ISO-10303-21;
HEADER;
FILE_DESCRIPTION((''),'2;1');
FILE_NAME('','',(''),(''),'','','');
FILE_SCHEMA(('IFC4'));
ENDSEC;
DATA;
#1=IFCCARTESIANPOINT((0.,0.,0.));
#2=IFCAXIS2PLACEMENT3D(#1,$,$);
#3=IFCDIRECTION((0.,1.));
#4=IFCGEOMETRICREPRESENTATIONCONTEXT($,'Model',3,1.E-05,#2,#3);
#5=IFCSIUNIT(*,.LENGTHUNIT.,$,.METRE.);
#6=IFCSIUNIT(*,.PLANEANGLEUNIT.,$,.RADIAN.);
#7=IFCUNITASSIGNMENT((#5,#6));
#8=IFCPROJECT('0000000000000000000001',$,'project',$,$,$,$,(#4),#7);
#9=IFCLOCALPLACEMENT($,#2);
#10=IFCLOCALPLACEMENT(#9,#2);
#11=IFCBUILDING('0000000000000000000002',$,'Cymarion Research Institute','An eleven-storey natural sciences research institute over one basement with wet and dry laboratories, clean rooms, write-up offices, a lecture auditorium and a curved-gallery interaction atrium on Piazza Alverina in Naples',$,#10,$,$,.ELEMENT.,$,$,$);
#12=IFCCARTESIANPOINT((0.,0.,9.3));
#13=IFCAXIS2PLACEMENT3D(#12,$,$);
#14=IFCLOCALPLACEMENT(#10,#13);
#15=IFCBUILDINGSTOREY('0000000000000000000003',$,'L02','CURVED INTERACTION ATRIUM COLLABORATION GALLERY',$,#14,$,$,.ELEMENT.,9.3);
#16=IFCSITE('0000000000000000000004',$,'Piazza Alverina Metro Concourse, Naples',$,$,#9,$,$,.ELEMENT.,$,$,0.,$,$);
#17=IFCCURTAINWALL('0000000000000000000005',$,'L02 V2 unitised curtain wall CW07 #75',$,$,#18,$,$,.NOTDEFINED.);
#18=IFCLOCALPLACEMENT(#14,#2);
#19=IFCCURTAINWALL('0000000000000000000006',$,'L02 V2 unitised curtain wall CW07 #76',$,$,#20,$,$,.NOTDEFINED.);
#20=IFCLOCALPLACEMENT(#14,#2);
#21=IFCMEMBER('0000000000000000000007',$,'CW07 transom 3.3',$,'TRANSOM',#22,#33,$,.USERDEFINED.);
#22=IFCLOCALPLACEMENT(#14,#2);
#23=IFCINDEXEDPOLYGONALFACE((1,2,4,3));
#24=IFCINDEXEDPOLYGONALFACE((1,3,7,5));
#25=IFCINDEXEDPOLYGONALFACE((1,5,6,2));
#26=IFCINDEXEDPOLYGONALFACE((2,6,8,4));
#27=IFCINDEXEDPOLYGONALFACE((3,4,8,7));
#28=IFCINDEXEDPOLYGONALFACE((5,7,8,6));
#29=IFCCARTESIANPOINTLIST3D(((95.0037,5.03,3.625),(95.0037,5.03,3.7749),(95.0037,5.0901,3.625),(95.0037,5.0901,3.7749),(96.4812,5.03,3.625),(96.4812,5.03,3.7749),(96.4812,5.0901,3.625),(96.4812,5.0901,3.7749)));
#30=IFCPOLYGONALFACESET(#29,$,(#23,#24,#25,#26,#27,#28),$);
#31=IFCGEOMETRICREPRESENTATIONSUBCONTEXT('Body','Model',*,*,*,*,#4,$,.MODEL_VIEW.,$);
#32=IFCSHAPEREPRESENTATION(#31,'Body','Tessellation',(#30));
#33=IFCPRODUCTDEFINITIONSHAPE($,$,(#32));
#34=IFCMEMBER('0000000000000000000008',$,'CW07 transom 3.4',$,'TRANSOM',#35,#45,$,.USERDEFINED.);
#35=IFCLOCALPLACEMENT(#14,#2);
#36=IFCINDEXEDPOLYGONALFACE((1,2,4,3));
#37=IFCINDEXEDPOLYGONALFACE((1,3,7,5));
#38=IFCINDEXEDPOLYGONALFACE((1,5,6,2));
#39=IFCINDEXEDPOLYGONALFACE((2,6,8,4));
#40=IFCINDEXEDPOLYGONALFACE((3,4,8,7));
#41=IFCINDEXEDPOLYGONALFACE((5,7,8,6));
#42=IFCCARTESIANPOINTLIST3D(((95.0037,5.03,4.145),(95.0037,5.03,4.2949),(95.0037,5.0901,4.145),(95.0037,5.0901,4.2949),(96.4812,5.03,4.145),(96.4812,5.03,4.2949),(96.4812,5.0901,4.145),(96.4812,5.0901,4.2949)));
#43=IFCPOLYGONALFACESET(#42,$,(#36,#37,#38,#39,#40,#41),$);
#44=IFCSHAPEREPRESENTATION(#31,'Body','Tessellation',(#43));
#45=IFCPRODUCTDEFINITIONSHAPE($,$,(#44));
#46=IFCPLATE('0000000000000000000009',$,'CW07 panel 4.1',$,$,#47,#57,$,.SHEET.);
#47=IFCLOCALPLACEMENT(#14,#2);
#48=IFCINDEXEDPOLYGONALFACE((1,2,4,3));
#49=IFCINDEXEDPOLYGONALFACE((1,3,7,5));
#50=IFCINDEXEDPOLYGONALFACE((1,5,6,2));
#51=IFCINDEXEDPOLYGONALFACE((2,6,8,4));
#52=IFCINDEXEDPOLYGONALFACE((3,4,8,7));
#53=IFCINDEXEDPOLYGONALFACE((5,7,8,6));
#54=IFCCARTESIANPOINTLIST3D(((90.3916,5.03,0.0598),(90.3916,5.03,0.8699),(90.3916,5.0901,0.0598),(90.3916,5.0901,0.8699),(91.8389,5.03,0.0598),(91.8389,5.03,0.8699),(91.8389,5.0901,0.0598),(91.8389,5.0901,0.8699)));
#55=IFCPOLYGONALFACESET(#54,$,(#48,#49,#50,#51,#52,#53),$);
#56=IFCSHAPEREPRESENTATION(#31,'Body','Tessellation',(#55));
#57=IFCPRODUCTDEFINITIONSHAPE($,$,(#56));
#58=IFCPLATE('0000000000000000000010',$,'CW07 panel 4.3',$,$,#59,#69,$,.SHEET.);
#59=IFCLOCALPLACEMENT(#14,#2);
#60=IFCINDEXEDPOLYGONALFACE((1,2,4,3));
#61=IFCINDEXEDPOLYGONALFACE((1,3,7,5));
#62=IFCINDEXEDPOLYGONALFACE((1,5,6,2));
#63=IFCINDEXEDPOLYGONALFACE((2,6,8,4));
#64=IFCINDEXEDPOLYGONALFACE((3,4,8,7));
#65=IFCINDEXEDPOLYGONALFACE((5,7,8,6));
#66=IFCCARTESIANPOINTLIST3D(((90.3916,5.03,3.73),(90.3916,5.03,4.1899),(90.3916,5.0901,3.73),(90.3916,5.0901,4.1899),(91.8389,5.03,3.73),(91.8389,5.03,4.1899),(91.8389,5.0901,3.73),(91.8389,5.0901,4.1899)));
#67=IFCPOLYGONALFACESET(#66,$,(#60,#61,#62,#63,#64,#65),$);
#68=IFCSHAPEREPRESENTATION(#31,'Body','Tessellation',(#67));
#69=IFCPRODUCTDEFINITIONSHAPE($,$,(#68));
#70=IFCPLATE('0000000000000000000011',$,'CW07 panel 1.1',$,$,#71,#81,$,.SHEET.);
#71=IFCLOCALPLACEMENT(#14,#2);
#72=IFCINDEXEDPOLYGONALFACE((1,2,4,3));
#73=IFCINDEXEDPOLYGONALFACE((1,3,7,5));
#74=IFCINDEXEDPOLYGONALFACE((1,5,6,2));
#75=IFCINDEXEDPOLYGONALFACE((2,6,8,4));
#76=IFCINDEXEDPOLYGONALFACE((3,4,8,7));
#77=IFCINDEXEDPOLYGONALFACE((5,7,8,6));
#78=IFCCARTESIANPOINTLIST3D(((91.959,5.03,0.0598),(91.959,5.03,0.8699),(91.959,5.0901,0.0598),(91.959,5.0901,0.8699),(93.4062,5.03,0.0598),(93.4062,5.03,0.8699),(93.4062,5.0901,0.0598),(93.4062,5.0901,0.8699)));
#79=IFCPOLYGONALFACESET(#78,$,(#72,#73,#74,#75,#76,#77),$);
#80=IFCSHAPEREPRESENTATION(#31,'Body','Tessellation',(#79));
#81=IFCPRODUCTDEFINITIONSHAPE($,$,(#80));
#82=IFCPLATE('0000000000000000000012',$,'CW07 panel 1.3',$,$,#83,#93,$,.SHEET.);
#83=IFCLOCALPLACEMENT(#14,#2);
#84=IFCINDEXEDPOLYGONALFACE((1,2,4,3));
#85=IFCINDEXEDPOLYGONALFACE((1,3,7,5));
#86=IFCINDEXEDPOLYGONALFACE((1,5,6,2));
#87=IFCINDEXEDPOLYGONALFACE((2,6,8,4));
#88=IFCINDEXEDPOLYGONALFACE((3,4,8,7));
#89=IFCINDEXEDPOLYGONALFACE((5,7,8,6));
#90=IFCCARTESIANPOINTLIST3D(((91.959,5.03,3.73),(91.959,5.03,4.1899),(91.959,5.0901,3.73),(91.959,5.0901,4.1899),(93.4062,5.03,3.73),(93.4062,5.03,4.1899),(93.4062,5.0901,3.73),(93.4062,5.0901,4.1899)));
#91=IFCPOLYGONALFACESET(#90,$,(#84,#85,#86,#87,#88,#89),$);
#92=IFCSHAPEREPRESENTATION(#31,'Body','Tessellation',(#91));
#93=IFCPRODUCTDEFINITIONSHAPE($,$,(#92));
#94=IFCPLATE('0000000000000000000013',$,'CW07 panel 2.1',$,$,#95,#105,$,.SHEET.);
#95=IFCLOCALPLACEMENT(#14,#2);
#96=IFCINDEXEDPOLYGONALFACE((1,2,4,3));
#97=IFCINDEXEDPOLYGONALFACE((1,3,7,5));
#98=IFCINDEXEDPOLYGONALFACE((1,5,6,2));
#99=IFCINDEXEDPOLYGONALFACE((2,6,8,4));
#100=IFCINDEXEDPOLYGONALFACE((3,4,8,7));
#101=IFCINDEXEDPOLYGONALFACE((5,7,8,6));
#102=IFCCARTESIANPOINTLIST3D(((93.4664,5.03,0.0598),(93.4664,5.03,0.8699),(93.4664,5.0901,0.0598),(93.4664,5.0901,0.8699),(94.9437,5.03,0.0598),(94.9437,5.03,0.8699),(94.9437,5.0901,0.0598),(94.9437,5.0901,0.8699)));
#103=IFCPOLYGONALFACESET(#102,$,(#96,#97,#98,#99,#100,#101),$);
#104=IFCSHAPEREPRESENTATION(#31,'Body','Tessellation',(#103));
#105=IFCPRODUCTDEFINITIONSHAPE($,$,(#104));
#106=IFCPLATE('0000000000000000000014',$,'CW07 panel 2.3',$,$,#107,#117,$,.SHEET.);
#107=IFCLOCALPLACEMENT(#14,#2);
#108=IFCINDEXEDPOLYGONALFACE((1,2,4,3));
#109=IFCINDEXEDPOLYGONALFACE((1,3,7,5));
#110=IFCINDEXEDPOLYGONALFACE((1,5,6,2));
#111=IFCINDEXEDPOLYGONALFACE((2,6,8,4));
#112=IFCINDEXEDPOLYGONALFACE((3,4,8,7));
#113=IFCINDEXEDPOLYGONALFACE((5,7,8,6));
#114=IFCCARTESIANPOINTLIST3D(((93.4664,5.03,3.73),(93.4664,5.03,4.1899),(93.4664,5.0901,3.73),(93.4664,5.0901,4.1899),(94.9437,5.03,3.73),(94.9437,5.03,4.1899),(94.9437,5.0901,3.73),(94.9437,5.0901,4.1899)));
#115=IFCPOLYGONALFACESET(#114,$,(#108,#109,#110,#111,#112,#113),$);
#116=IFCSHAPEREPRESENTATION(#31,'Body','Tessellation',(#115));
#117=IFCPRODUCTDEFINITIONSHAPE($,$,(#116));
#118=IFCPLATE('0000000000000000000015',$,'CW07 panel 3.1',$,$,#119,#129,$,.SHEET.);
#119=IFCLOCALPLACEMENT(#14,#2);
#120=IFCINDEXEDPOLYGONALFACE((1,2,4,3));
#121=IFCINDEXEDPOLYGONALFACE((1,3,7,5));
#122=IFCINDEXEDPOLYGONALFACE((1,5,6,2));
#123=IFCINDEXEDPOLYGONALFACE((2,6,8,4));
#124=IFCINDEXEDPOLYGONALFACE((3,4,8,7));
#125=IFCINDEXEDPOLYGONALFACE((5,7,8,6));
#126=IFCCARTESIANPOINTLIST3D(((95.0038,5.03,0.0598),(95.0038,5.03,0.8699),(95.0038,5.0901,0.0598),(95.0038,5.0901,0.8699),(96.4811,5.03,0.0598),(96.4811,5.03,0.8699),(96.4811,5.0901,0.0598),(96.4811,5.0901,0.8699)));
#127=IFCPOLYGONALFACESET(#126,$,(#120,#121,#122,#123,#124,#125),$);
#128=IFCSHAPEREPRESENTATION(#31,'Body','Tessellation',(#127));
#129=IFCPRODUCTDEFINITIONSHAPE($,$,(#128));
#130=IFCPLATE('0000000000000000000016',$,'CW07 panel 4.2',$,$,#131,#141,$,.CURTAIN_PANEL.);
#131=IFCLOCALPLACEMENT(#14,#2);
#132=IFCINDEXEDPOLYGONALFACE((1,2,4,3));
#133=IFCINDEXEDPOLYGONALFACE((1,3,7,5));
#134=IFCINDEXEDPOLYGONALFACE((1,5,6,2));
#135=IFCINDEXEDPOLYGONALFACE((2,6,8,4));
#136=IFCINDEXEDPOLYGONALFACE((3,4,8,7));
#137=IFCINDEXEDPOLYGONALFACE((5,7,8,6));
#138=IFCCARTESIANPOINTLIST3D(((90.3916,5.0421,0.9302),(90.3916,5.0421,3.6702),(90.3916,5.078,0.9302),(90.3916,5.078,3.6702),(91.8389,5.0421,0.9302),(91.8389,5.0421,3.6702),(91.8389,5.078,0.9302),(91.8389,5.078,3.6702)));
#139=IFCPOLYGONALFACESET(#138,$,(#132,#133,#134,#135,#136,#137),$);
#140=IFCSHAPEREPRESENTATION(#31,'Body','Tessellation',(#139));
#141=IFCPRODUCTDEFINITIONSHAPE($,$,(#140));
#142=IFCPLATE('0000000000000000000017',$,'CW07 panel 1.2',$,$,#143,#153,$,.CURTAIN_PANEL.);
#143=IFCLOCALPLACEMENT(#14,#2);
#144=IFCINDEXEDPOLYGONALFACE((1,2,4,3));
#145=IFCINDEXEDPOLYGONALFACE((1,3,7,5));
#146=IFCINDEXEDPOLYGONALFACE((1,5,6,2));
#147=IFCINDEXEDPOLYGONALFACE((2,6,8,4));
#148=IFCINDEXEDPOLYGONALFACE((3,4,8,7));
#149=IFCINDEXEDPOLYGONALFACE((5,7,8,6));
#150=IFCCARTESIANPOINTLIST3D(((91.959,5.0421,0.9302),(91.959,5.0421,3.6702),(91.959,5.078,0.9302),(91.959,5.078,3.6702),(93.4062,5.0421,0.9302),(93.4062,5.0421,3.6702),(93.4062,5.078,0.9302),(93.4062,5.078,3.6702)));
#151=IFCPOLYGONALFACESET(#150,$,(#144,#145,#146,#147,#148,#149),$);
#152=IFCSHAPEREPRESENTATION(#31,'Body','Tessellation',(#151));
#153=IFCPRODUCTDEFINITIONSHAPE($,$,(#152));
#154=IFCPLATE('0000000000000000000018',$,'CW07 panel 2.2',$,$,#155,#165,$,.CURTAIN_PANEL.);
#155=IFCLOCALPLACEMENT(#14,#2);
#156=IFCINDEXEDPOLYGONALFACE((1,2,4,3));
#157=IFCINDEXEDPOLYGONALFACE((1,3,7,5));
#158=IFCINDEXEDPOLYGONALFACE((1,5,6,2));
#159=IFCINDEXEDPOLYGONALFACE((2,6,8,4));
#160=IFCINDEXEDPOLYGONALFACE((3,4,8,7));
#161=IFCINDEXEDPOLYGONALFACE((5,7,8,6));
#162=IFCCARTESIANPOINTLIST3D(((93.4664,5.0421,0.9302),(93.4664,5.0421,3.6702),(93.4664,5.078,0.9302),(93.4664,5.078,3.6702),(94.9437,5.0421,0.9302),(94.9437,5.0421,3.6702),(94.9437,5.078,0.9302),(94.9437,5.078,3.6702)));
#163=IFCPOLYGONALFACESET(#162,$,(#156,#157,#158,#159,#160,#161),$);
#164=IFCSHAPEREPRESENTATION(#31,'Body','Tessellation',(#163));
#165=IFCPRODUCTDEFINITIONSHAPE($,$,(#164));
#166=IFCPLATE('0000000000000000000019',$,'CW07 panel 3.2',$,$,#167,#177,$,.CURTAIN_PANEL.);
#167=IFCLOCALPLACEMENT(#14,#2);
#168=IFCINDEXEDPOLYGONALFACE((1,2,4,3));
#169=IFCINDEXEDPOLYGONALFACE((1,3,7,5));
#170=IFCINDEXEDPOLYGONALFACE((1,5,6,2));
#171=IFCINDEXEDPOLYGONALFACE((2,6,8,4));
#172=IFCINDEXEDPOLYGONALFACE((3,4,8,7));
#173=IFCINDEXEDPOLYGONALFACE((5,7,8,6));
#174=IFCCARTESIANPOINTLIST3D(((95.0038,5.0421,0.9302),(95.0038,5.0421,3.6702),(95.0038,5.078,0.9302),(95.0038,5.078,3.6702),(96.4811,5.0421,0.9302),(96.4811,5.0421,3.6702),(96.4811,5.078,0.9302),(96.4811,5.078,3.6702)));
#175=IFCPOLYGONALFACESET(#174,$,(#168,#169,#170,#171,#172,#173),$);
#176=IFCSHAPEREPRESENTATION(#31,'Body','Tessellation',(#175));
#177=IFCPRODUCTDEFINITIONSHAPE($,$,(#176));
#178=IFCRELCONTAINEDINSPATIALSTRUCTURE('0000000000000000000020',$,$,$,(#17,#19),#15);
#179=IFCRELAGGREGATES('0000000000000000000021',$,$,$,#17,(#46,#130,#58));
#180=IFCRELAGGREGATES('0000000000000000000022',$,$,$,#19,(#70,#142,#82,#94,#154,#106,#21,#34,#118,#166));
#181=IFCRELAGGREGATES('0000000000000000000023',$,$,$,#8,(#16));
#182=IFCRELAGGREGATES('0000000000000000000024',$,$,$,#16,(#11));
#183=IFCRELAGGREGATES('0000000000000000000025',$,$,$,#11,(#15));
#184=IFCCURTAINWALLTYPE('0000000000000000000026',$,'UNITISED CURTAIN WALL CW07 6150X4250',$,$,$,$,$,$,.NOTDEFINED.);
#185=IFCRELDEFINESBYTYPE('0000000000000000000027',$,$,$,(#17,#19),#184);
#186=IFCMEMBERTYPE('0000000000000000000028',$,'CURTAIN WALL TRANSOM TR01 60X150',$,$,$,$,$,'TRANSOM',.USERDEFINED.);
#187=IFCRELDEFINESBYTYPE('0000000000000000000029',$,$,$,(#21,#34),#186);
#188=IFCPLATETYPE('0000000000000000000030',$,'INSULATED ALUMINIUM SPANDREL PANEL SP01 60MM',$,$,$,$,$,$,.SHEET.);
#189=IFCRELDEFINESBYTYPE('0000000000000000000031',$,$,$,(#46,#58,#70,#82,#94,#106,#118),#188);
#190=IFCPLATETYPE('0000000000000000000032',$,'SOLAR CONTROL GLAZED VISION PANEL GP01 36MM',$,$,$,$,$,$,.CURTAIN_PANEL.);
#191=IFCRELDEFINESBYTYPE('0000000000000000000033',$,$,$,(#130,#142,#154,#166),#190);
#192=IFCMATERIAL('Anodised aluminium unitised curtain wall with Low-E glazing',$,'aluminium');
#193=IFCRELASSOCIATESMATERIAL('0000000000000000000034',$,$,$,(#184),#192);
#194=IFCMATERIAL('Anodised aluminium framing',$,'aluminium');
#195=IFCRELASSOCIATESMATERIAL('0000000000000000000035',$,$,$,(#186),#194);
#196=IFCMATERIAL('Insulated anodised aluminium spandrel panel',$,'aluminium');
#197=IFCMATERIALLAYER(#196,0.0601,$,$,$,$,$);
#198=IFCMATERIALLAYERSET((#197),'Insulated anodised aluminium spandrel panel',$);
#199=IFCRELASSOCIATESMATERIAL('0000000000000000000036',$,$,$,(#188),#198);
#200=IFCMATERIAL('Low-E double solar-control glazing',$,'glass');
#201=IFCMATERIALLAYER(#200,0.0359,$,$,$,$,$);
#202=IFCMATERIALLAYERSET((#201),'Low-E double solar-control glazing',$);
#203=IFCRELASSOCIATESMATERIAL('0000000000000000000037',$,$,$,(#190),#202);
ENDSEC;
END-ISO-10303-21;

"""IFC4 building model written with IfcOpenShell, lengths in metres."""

from ifc_helpers import new_model, si_unit, direction, frame, origin, origin_2d, place, context, subcontext, project, spatial, rectangle, extrude, material, layer, layer_set, material_profile, profile_set, type_object, element, aggregate, save


model = new_model("IFC4")

# Units and contexts
model_context = context("Model", 3, precision=1e-05, world=origin(), true_north=direction((0.0, 1.0)))
body_context = subcontext(model_context, "Body", "Model", "MODEL_VIEW")
ifc_project = project(units=[si_unit("LENGTHUNIT", "METRE"), si_unit("PLANEANGLEUNIT", "RADIAN")], contexts=[model_context])

# Site, building, storey
site_placement = place(None, origin())
site = spatial("IfcSite", under=ifc_project, at=site_placement, Name="Piazza Alverina Metro Concourse, Naples", CompositionType="ELEMENT", RefElevation=0.0)
building_placement = place(site_placement, origin())
building = spatial("IfcBuilding", under=site, at=building_placement, Name="Cymarion Research Institute", Description="An eleven-storey natural sciences research institute over one basement with wet and dry laboratories, clean rooms, write-up offices, a lecture auditorium and a curved-gallery interaction atrium on Piazza Alverina in Naples", CompositionType="ELEMENT")
storey_placement = place(building_placement, frame((0.0, 0.0, 9.3)))
storey = spatial("IfcBuildingStorey", under=building, at=storey_placement, Name="L02", Description="CURVED INTERACTION ATRIUM COLLABORATION GALLERY", CompositionType="ELEMENT", Elevation=9.3)

# Curtain wall
ifc_material_1 = material(Name="Anodised aluminium unitised curtain wall with Low-E glazing", Category="aluminium")
curtain_wall_type = type_object("IfcCurtainWallType", Name="UNITISED CURTAIN WALL CW07 6150X4250", PredefinedType="NOTDEFINED", material=ifc_material_1)
curtain_wall_1_placement = place(storey_placement, origin())
curtain_wall_1 = element("IfcCurtainWall", 1, at=curtain_wall_1_placement, inside=storey, type_object=curtain_wall_type, Name="L02 V2 unitised curtain wall CW07 #75", PredefinedType="NOTDEFINED")
ifc_material_2 = material(Name="Anodised aluminium framing", Category="aluminium")

# Curtain wall
curtain_wall_2_placement = place(storey_placement, origin())
curtain_wall_2 = element("IfcCurtainWall", 2, at=curtain_wall_2_placement, inside=storey, type_object=curtain_wall_type, Name="L02 V2 unitised curtain wall CW07 #76", PredefinedType="NOTDEFINED")

# Members
ifc_material_profile_1 = material_profile(ifc_material_2, rectangle(XDim=0.0601, YDim=0.1499, at=origin_2d()), Name="ALU TRANSOM 60x150")
ifc_profile_set_1 = profile_set([ifc_material_profile_1], Name="Anodised aluminium framing")
member_type_1 = type_object("IfcMemberType", Name="CURTAIN WALL TRANSOM TR01 60X150", ElementType="TRANSOM", PredefinedType="USERDEFINED", material=ifc_profile_set_1)
member_1_placement = place(storey_placement, frame((95.0037, 5.0601, 3.7), z_axis=(1.0, 0.0, 0.0), x_axis=(0.0, 1.0, 0.0)))
member_1 = element("IfcMember", 3, at=member_1_placement, type_object=member_type_1, Name="CW07 transom 3.3", ObjectType="TRANSOM", PredefinedType="USERDEFINED", context=body_context, shape_type="SweptSolid", body=[
    extrude(rectangle(XDim=0.0601, YDim=0.1499, at=origin_2d()), origin(), (0.0, 0.0, 1.0), 1.4775),
])
member_2_placement = place(storey_placement, frame((95.0037, 5.0601, 4.22), z_axis=(1.0, 0.0, 0.0), x_axis=(0.0, 1.0, 0.0)))
member_2 = element("IfcMember", 4, at=member_2_placement, type_object=member_type_1, Name="CW07 transom 3.4", ObjectType="TRANSOM", PredefinedType="USERDEFINED", context=body_context, shape_type="SweptSolid", body=[
    extrude(rectangle(XDim=0.0601, YDim=0.1499, at=origin_2d()), origin(), (0.0, 0.0, 1.0), 1.4775),
])

# Plates
ifc_material_3 = material(Name="Insulated anodised aluminium spandrel panel", Category="aluminium")
ifc_layer_1 = layer(ifc_material_3, 0.0601)
ifc_layer_set_1 = layer_set([ifc_layer_1], Name="Insulated anodised aluminium spandrel panel")
plate_type_1 = type_object("IfcPlateType", Name="INSULATED ALUMINIUM SPANDREL PANEL SP01 60MM", PredefinedType="SHEET", material=ifc_layer_set_1)
plate_1_placement = place(storey_placement, frame((91.1152, 5.0601, 0.0598), z_axis=(0.0, 0.0, 1.0), x_axis=(1.0, 0.0, 0.0)))
plate_1 = element("IfcPlate", 5, at=plate_1_placement, type_object=plate_type_1, Name="CW07 panel 4.1", PredefinedType="SHEET", context=body_context, shape_type="SweptSolid", body=[
    extrude(rectangle(XDim=1.4473, YDim=0.0601, at=origin_2d()), origin(), (0.0, 0.0, 1.0), 0.8101),
])
plate_2_placement = place(storey_placement, frame((91.1152, 5.0601, 3.73), z_axis=(0.0, 0.0, 1.0), x_axis=(1.0, 0.0, 0.0)))
plate_2 = element("IfcPlate", 6, at=plate_2_placement, type_object=plate_type_1, Name="CW07 panel 4.3", PredefinedType="SHEET", context=body_context, shape_type="SweptSolid", body=[
    extrude(rectangle(XDim=1.4473, YDim=0.0601, at=origin_2d()), origin(), (0.0, 0.0, 1.0), 0.46),
])
plate_3_placement = place(storey_placement, frame((92.6826, 5.0601, 0.0598), z_axis=(0.0, 0.0, 1.0), x_axis=(1.0, 0.0, 0.0)))
plate_3 = element("IfcPlate", 7, at=plate_3_placement, type_object=plate_type_1, Name="CW07 panel 1.1", PredefinedType="SHEET", context=body_context, shape_type="SweptSolid", body=[
    extrude(rectangle(XDim=1.4473, YDim=0.0601, at=origin_2d()), origin(), (0.0, 0.0, 1.0), 0.8101),
])
plate_4_placement = place(storey_placement, frame((92.6826, 5.0601, 3.73), z_axis=(0.0, 0.0, 1.0), x_axis=(1.0, 0.0, 0.0)))
plate_4 = element("IfcPlate", 8, at=plate_4_placement, type_object=plate_type_1, Name="CW07 panel 1.3", PredefinedType="SHEET", context=body_context, shape_type="SweptSolid", body=[
    extrude(rectangle(XDim=1.4473, YDim=0.0601, at=origin_2d()), origin(), (0.0, 0.0, 1.0), 0.46),
])
plate_5_placement = place(storey_placement, frame((94.2051, 5.0601, 0.0598), z_axis=(0.0, 0.0, 1.0), x_axis=(1.0, 0.0, 0.0)))
plate_5 = element("IfcPlate", 9, at=plate_5_placement, type_object=plate_type_1, Name="CW07 panel 2.1", PredefinedType="SHEET", context=body_context, shape_type="SweptSolid", body=[
    extrude(rectangle(XDim=1.4773, YDim=0.0601, at=origin_2d()), origin(), (0.0, 0.0, 1.0), 0.8101),
])
plate_6_placement = place(storey_placement, frame((94.2051, 5.0601, 3.73), z_axis=(0.0, 0.0, 1.0), x_axis=(1.0, 0.0, 0.0)))
plate_6 = element("IfcPlate", 10, at=plate_6_placement, type_object=plate_type_1, Name="CW07 panel 2.3", PredefinedType="SHEET", context=body_context, shape_type="SweptSolid", body=[
    extrude(rectangle(XDim=1.4773, YDim=0.0601, at=origin_2d()), origin(), (0.0, 0.0, 1.0), 0.46),
])
plate_7_placement = place(storey_placement, frame((95.7424, 5.0601, 0.0598), z_axis=(0.0, 0.0, 1.0), x_axis=(1.0, 0.0, 0.0)))
plate_7 = element("IfcPlate", 11, at=plate_7_placement, type_object=plate_type_1, Name="CW07 panel 3.1", PredefinedType="SHEET", context=body_context, shape_type="SweptSolid", body=[
    extrude(rectangle(XDim=1.4773, YDim=0.0601, at=origin_2d()), origin(), (0.0, 0.0, 1.0), 0.8101),
])
ifc_material_4 = material(Name="Low-E double solar-control glazing", Category="glass")
ifc_layer_2 = layer(ifc_material_4, 0.0359)
ifc_layer_set_2 = layer_set([ifc_layer_2], Name="Low-E double solar-control glazing")
plate_type_2 = type_object("IfcPlateType", Name="SOLAR CONTROL GLAZED VISION PANEL GP01 36MM", PredefinedType="CURTAIN_PANEL", material=ifc_layer_set_2)
plate_8_placement = place(storey_placement, frame((91.1152, 5.0601, 0.9302), z_axis=(0.0, 0.0, 1.0), x_axis=(1.0, 0.0, 0.0)))
plate_8 = element("IfcPlate", 12, at=plate_8_placement, type_object=plate_type_2, Name="CW07 panel 4.2", PredefinedType="CURTAIN_PANEL", context=body_context, shape_type="SweptSolid", body=[
    extrude(rectangle(XDim=1.4473, YDim=0.0359, at=origin_2d()), origin(), (0.0, 0.0, 1.0), 2.74),
])
aggregate(curtain_wall_1, [plate_1, plate_8, plate_2])
plate_9_placement = place(storey_placement, frame((92.6826, 5.0601, 0.9302), z_axis=(0.0, 0.0, 1.0), x_axis=(1.0, 0.0, 0.0)))
plate_9 = element("IfcPlate", 13, at=plate_9_placement, type_object=plate_type_2, Name="CW07 panel 1.2", PredefinedType="CURTAIN_PANEL", context=body_context, shape_type="SweptSolid", body=[
    extrude(rectangle(XDim=1.4473, YDim=0.0359, at=origin_2d()), origin(), (0.0, 0.0, 1.0), 2.74),
])
plate_10_placement = place(storey_placement, frame((94.2051, 5.0601, 0.9302), z_axis=(0.0, 0.0, 1.0), x_axis=(1.0, 0.0, 0.0)))
plate_10 = element("IfcPlate", 14, at=plate_10_placement, type_object=plate_type_2, Name="CW07 panel 2.2", PredefinedType="CURTAIN_PANEL", context=body_context, shape_type="SweptSolid", body=[
    extrude(rectangle(XDim=1.4773, YDim=0.0359, at=origin_2d()), origin(), (0.0, 0.0, 1.0), 2.74),
])
plate_11_placement = place(storey_placement, frame((95.7424, 5.0601, 0.9302), z_axis=(0.0, 0.0, 1.0), x_axis=(1.0, 0.0, 0.0)))
plate_11 = element("IfcPlate", 15, at=plate_11_placement, type_object=plate_type_2, Name="CW07 panel 3.2", PredefinedType="CURTAIN_PANEL", context=body_context, shape_type="SweptSolid", body=[
    extrude(rectangle(XDim=1.4773, YDim=0.0359, at=origin_2d()), origin(), (0.0, 0.0, 1.0), 2.74),
])
aggregate(curtain_wall_2, [plate_3, plate_9, plate_4, plate_5, plate_10, plate_6, member_1, member_2, plate_7, plate_11])

save(model, "model.ifc")
